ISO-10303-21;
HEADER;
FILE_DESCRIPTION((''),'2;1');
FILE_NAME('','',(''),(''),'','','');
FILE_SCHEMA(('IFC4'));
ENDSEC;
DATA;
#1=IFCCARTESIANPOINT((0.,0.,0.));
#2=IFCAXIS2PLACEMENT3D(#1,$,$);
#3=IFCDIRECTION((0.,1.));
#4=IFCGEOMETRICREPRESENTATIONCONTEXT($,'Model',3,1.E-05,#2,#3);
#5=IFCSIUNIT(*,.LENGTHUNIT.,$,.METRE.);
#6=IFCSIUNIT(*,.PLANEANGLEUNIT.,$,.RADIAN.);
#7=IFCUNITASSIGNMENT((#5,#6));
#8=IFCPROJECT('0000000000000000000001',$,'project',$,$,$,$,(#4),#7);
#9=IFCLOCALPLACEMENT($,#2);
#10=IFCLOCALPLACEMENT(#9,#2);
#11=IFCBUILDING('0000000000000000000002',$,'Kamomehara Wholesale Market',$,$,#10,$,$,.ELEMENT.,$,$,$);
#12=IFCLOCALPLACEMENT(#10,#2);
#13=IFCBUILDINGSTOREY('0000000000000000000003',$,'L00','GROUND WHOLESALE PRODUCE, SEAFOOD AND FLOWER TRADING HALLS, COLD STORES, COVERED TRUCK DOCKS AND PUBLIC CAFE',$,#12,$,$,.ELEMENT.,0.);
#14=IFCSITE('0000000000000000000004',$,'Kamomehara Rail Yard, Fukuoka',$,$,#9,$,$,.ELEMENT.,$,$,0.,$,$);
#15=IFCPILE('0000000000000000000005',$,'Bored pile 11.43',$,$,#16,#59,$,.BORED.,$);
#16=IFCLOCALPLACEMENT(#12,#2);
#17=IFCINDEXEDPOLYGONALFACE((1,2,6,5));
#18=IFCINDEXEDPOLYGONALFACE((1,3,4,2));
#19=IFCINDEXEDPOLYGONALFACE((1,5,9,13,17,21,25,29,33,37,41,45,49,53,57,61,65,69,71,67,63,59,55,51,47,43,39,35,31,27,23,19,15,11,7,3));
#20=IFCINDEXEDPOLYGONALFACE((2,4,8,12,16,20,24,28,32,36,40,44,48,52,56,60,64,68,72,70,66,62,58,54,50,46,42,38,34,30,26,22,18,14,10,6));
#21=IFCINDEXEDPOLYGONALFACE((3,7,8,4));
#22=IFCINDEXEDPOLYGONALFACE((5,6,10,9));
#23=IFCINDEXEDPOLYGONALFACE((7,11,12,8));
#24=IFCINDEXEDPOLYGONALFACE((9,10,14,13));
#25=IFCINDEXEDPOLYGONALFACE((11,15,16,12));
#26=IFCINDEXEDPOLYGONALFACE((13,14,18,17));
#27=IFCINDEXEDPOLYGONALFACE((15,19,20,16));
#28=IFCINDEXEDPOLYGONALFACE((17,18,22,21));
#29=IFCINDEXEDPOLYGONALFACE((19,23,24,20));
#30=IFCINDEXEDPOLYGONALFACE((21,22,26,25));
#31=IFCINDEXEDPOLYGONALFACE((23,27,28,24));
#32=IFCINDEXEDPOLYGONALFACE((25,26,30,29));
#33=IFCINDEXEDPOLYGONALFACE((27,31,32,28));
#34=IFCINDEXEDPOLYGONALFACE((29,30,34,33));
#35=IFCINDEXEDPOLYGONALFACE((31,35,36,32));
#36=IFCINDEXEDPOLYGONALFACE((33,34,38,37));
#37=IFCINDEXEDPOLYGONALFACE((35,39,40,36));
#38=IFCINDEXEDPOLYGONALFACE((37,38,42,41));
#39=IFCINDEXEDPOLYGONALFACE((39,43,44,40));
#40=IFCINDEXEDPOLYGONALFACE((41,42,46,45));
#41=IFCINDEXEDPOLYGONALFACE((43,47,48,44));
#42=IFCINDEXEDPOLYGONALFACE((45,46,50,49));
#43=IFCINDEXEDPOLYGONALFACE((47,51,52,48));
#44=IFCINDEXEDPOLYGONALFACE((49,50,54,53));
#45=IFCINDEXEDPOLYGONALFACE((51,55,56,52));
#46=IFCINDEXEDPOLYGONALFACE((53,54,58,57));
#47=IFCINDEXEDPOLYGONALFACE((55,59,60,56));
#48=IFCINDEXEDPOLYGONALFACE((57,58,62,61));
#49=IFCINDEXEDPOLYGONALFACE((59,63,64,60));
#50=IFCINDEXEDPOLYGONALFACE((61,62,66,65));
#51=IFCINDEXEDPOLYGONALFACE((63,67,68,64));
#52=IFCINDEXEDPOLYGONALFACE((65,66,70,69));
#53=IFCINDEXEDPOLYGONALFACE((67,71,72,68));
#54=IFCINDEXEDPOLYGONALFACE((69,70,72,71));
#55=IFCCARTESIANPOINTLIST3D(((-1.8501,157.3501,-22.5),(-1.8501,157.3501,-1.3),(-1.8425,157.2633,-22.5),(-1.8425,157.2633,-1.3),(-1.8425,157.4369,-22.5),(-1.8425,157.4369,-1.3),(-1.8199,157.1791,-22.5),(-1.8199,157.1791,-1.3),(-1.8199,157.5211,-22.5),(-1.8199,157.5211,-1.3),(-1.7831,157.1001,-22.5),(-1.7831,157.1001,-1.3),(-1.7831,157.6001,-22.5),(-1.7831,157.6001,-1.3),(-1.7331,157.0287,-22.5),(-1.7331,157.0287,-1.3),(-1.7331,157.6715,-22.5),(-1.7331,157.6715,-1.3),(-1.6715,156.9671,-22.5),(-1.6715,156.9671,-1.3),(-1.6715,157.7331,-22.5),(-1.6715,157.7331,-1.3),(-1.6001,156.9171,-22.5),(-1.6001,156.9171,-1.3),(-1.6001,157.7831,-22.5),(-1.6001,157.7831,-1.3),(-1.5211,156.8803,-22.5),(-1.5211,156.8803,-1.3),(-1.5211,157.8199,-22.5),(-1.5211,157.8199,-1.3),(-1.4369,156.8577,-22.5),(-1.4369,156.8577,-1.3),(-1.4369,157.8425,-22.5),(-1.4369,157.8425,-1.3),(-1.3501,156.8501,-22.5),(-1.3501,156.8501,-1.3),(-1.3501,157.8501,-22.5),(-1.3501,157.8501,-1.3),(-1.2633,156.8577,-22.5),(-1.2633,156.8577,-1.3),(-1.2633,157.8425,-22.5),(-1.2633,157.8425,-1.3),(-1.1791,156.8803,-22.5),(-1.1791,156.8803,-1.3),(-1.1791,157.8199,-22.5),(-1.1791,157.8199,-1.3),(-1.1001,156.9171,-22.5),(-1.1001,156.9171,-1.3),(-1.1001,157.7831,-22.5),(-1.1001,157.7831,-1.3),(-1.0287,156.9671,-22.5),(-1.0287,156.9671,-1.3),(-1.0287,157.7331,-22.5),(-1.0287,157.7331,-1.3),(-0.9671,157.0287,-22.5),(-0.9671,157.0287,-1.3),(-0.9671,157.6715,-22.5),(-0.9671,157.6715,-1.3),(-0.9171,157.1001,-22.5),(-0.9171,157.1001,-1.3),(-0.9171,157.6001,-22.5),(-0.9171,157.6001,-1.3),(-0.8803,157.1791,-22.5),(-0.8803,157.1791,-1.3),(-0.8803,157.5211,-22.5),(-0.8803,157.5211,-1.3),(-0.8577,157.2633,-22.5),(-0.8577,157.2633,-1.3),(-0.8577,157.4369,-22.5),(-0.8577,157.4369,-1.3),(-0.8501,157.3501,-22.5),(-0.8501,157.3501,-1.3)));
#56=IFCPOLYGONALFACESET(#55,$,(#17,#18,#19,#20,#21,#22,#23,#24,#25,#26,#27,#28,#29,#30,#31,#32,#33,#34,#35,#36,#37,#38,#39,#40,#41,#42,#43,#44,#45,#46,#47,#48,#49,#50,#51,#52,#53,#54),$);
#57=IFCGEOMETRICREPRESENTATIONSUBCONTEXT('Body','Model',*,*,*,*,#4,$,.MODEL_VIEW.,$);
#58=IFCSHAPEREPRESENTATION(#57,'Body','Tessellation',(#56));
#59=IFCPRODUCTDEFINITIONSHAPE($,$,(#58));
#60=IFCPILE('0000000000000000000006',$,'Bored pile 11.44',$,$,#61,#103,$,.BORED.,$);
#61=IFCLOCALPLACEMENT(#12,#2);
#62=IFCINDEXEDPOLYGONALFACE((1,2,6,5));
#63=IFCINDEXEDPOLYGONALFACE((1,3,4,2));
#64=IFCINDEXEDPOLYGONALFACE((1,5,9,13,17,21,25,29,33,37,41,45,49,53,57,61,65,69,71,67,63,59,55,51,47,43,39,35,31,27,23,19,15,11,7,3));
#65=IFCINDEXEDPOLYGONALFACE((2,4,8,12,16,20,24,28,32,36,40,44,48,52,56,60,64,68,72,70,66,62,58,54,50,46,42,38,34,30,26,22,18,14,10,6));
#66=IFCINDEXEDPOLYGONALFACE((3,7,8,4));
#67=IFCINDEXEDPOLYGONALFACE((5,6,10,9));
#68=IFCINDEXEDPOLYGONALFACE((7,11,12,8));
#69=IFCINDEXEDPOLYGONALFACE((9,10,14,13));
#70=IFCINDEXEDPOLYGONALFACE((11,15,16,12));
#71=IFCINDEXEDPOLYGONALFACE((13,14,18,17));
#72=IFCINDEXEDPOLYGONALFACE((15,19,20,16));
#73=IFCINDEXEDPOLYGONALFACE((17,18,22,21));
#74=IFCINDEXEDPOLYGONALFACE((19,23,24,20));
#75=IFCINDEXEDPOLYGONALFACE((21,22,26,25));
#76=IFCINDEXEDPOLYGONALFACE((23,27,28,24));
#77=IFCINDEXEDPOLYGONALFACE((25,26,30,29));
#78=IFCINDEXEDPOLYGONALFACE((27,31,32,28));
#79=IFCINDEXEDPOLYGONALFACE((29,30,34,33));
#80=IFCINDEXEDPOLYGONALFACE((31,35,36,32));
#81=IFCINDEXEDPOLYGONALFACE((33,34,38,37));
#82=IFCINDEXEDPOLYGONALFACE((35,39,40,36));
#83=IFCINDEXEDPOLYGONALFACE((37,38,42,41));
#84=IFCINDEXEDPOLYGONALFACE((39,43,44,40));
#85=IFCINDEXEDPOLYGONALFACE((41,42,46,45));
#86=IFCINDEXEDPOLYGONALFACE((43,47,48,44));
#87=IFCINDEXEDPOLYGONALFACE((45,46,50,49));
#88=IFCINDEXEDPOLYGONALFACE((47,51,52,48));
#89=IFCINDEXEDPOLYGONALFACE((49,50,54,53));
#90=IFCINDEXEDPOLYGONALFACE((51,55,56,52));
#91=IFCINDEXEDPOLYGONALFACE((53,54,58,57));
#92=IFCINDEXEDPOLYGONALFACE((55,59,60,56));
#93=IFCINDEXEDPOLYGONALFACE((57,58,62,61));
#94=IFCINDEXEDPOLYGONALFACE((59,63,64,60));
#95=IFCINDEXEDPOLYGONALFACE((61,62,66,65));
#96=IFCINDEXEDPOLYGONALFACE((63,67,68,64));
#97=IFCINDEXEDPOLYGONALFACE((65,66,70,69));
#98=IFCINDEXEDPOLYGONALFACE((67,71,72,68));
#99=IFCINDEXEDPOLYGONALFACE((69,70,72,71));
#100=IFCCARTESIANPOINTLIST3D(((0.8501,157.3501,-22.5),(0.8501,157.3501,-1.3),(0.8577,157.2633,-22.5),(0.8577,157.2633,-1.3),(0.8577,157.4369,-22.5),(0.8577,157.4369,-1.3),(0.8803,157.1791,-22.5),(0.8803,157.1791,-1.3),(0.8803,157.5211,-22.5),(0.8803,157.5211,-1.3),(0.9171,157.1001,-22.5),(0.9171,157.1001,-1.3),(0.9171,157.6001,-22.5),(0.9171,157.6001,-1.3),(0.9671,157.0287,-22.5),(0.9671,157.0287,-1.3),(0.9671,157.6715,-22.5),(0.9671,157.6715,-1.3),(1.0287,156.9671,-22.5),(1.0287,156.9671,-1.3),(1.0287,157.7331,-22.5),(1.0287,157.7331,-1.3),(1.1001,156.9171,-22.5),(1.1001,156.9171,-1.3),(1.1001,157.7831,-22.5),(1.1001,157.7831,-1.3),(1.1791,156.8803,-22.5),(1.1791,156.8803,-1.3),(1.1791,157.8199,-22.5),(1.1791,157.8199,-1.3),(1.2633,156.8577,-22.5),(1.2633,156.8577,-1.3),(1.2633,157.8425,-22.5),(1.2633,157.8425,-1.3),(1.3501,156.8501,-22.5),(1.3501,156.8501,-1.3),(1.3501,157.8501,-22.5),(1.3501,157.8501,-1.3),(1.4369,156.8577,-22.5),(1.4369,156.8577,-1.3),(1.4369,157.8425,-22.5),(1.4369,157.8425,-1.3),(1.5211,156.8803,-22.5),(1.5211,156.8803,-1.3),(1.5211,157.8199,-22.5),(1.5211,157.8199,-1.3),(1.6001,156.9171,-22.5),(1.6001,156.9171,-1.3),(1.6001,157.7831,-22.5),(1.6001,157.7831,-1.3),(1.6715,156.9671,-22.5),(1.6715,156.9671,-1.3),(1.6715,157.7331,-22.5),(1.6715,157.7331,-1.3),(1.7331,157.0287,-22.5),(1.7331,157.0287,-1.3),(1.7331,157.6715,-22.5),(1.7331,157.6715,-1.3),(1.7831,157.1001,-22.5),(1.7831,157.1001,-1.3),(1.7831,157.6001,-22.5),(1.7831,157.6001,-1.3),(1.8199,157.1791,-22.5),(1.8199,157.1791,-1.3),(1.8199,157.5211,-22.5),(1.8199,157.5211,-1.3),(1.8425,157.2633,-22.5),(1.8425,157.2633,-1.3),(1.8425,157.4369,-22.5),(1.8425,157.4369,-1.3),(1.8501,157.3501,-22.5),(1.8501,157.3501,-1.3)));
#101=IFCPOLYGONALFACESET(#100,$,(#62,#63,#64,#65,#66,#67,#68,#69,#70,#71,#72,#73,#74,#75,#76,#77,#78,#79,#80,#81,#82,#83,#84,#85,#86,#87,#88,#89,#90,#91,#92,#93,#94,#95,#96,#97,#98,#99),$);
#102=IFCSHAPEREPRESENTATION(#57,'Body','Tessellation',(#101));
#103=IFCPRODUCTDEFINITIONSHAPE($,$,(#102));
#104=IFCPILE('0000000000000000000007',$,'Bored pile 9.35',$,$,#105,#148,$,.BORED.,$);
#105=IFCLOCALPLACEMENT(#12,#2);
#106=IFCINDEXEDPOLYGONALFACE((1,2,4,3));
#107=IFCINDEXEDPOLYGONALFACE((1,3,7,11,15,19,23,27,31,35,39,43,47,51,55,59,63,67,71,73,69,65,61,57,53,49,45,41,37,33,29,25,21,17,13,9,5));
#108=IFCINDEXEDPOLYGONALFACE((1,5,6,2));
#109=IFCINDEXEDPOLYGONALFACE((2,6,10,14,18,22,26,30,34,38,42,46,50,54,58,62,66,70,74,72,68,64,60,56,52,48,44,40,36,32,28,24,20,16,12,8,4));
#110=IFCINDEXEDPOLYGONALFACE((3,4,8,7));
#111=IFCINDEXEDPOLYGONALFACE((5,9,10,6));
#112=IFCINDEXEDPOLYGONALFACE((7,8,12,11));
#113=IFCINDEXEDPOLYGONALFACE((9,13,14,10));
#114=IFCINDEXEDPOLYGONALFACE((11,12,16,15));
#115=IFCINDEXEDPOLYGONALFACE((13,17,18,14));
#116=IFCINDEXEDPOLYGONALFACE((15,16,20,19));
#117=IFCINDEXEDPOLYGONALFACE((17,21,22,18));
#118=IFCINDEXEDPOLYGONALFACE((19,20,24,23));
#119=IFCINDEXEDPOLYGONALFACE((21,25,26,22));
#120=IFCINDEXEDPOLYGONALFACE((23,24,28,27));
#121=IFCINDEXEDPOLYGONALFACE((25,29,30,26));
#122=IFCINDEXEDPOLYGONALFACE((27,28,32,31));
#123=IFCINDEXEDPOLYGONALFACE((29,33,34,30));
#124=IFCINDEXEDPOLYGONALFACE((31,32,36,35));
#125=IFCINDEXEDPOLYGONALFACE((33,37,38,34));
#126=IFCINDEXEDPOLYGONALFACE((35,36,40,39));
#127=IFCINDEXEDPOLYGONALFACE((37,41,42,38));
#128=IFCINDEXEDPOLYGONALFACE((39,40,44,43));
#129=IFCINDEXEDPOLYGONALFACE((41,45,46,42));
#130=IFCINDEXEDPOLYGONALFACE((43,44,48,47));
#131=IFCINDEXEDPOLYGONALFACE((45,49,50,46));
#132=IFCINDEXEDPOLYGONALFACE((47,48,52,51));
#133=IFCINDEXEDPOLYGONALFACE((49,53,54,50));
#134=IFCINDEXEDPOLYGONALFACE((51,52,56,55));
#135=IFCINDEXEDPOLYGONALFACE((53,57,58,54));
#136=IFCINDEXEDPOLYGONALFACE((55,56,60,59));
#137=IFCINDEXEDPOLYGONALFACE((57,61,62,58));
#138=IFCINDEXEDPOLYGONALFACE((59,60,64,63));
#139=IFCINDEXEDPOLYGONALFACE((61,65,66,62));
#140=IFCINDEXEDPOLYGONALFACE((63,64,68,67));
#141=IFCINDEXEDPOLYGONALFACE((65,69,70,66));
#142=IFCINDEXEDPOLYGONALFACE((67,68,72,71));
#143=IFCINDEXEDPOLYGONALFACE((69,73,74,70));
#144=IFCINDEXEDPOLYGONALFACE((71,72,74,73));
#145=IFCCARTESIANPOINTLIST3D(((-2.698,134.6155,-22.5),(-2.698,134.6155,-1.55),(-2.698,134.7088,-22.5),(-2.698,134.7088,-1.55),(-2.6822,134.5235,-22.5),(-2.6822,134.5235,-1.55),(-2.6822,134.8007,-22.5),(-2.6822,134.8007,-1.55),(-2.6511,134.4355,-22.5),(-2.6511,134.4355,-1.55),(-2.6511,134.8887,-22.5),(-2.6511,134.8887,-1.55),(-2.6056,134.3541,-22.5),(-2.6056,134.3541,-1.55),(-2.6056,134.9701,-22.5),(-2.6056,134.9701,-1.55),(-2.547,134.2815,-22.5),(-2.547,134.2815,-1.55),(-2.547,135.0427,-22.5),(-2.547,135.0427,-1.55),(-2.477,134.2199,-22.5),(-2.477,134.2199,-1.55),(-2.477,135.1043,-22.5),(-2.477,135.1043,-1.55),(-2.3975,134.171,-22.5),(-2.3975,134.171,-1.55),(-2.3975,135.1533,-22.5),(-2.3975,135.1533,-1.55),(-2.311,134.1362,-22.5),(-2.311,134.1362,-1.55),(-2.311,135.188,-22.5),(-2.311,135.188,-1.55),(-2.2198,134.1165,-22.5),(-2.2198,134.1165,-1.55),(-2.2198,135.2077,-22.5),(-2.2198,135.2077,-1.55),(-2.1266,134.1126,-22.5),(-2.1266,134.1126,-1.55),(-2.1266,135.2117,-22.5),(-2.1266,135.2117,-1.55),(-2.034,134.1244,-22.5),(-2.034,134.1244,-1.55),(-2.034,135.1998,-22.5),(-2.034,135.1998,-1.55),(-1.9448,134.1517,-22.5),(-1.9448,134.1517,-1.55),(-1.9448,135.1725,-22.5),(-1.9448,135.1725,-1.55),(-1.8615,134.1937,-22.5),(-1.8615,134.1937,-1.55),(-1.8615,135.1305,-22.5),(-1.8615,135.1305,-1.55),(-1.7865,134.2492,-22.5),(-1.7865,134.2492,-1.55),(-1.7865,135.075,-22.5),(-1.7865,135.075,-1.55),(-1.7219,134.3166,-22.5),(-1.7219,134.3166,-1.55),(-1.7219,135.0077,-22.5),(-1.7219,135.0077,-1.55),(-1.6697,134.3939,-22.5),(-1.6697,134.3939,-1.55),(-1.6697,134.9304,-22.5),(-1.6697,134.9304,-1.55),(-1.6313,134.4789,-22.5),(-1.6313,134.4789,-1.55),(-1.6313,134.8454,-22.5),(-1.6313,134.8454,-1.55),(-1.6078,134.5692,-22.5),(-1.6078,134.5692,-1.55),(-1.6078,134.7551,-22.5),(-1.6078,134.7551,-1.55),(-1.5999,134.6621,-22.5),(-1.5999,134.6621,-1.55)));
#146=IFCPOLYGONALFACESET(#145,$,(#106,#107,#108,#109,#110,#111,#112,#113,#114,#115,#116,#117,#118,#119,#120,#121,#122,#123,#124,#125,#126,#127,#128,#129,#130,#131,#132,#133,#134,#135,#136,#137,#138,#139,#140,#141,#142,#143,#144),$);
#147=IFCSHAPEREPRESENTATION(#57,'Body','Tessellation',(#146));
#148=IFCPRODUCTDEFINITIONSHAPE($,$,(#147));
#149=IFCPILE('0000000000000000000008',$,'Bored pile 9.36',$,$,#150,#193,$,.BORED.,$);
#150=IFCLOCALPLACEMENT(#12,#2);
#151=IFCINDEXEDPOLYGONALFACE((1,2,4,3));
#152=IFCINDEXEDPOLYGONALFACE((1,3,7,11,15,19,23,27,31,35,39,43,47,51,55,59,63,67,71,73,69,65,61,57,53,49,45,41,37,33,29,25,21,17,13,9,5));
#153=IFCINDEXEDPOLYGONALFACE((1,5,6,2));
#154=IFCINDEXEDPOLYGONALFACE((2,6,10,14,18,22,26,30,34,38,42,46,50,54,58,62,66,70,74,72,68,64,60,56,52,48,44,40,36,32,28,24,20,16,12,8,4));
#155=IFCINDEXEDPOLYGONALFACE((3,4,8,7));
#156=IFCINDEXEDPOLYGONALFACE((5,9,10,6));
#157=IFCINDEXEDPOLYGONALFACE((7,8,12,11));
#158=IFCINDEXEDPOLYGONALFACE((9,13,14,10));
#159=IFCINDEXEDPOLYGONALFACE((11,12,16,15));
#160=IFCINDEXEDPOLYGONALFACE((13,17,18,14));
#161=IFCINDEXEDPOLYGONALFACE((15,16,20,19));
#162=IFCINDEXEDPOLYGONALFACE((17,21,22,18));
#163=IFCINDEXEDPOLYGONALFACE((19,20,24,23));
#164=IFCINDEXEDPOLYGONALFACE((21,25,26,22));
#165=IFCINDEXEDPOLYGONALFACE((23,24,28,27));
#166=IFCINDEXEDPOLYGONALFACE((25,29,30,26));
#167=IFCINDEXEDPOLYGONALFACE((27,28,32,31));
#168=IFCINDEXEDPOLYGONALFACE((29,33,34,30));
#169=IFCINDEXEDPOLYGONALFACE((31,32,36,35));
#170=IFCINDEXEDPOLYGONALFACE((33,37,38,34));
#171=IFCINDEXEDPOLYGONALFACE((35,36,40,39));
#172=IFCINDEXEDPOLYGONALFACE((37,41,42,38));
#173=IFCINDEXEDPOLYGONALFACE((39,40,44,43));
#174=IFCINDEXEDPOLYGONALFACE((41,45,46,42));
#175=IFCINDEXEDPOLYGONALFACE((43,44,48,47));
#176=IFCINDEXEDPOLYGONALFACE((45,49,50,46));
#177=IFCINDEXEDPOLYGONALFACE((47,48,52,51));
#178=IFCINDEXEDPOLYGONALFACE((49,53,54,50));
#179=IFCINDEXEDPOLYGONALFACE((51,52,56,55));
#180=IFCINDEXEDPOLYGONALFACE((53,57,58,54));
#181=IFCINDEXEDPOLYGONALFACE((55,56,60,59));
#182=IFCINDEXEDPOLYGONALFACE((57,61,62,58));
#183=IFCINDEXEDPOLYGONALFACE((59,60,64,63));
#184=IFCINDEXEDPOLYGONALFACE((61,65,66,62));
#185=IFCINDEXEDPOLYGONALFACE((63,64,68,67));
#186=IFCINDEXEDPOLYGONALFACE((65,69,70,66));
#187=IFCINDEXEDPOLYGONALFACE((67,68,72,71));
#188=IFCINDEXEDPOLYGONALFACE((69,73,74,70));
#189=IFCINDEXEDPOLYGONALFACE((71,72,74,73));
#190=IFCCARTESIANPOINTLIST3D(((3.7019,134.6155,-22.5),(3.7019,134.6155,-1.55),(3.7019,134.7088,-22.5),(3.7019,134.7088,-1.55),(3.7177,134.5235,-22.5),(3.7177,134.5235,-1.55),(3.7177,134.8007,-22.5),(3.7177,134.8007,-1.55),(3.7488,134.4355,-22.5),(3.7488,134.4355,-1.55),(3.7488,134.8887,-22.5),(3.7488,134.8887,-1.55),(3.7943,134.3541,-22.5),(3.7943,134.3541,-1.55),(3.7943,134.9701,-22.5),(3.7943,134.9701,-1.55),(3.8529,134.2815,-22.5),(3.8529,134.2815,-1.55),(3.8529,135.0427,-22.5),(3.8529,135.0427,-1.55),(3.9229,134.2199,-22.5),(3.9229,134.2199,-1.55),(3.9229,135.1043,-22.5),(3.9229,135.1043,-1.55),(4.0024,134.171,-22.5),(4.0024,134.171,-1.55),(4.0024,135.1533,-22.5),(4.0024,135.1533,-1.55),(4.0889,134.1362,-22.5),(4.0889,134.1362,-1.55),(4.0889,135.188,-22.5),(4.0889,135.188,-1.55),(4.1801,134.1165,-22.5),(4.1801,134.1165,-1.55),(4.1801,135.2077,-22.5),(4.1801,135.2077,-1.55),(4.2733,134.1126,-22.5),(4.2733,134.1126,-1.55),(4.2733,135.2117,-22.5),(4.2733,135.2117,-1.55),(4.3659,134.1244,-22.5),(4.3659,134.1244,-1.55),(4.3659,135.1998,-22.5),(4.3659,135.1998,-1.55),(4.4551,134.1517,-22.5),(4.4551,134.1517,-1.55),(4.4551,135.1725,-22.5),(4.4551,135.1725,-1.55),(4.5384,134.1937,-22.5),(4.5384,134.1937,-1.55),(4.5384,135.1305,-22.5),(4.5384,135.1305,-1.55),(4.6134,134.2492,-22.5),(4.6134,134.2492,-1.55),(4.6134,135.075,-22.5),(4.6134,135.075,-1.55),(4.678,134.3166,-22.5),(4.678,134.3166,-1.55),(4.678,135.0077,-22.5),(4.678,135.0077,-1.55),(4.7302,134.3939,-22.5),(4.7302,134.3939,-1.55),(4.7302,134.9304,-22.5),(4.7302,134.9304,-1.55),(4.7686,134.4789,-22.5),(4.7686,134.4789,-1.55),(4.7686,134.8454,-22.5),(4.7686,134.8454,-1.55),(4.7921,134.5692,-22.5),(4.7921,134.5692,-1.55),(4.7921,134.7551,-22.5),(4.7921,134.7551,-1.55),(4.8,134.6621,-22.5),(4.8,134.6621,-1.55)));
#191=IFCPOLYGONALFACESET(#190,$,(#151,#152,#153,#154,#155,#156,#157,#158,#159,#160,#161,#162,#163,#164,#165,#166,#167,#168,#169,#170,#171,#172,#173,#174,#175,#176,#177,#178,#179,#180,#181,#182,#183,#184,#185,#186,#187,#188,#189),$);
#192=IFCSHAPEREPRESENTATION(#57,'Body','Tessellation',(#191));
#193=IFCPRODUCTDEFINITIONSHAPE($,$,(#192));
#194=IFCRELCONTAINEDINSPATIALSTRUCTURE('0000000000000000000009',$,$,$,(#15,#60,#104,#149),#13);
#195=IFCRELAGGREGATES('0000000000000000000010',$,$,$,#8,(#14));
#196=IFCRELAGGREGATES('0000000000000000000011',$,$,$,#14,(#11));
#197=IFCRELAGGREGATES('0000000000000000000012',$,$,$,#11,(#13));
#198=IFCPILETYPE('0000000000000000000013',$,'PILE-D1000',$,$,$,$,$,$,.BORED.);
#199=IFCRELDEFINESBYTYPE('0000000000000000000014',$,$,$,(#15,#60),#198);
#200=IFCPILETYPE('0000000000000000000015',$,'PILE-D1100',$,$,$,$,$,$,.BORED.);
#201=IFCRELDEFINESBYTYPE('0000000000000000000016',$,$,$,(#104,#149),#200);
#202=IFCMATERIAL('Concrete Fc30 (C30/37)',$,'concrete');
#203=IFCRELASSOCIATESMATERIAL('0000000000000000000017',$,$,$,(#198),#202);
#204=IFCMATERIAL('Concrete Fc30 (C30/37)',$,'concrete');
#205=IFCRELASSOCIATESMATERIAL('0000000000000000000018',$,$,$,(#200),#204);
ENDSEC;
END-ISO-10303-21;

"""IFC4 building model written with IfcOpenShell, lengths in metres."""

from ifc_helpers import new_model, si_unit, direction, frame, origin, origin_2d, place, context, subcontext, project, spatial, circle, extrude, material, material_profile, profile_set, type_object, element, save


model = new_model("IFC4")

# Units and contexts
model_context = context("Model", 3, precision=1e-05, world=origin(), true_north=direction((0.0, 1.0)))
body_context = subcontext(model_context, "Body", "Model", "MODEL_VIEW")
ifc_project = project(units=[si_unit("LENGTHUNIT", "METRE"), si_unit("PLANEANGLEUNIT", "RADIAN")], contexts=[model_context])

# Site, building, storey
site_placement = place(None, origin())
site = spatial("IfcSite", under=ifc_project, at=site_placement, Name="Kamomehara Rail Yard, Fukuoka", CompositionType="ELEMENT", RefElevation=0.0)
building_placement = place(site_placement, origin())
building = spatial("IfcBuilding", under=site, at=building_placement, Name="Kamomehara Wholesale Market", CompositionType="ELEMENT")
storey_placement = place(building_placement, origin())
storey = spatial("IfcBuildingStorey", under=building, at=storey_placement, Name="L00", Description="GROUND WHOLESALE PRODUCE, SEAFOOD AND FLOWER TRADING HALLS, COLD STORES, COVERED TRUCK DOCKS AND PUBLIC CAFE", CompositionType="ELEMENT", Elevation=0.0)

# Piles
ifc_material_1 = material(Name="Concrete Fc30 (C30/37)", Category="concrete")
ifc_material_profile_1 = material_profile(ifc_material_1, circle(Radius=0.5, at=origin_2d()), Name="RC-PILE-D1000")
ifc_profile_set_1 = profile_set([ifc_material_profile_1], Name="Concrete Fc30 (C30/37)")
pile_type_1 = type_object("IfcPileType", Name="PILE-D1000", PredefinedType="BORED", material=ifc_profile_set_1)
for number, where, z_axis, x_axis, name in (
    (1, (-1.3501, 157.3501, -1.3), (0.0, 0.0, -1.0), (1.0, 0.0, 0.0), "Bored pile 11.43"),
    (2, (1.3501, 157.3501, -1.3), (0.0, 0.0, -1.0), (1.0, 0.0, 0.0), "Bored pile 11.44"),
):
    element("IfcPile", number, at=place(storey_placement, frame(where, z_axis=z_axis, x_axis=x_axis)), inside=storey, type_object=pile_type_1, Name=name, PredefinedType="BORED", context=body_context, shape_type="SweptSolid", body=[
        extrude(circle(Radius=0.5, at=origin_2d()), origin(), (0.0, 0.0, 1.0), 21.2),
    ])
ifc_material_2 = material(Name="Concrete Fc30 (C30/37)", Category="concrete")
ifc_material_profile_2 = material_profile(ifc_material_2, circle(Radius=0.55, at=origin_2d()), Name="RC-PILE-D1100")
ifc_profile_set_2 = profile_set([ifc_material_profile_2], Name="Concrete Fc30 (C30/37)")
pile_type_2 = type_object("IfcPileType", Name="PILE-D1100", PredefinedType="BORED", material=ifc_profile_set_2)
for number, where, z_axis, x_axis, name in (
    (3, (-2.1499, 134.6621, -1.55), (0.0, 0.0, -1.0), (1.0, 0.0, 0.0), "Bored pile 9.35"),
    (4, (4.25, 134.6621, -1.55), (0.0, 0.0, -1.0), (1.0, 0.0, 0.0), "Bored pile 9.36"),
):
    element("IfcPile", number, at=place(storey_placement, frame(where, z_axis=z_axis, x_axis=x_axis)), inside=storey, type_object=pile_type_2, Name=name, PredefinedType="BORED", context=body_context, shape_type="SweptSolid", body=[
        extrude(circle(Radius=0.55, at=origin_2d()), origin(), (0.0, 0.0, 1.0), 20.95),
    ])

save(model, "model.ifc")
